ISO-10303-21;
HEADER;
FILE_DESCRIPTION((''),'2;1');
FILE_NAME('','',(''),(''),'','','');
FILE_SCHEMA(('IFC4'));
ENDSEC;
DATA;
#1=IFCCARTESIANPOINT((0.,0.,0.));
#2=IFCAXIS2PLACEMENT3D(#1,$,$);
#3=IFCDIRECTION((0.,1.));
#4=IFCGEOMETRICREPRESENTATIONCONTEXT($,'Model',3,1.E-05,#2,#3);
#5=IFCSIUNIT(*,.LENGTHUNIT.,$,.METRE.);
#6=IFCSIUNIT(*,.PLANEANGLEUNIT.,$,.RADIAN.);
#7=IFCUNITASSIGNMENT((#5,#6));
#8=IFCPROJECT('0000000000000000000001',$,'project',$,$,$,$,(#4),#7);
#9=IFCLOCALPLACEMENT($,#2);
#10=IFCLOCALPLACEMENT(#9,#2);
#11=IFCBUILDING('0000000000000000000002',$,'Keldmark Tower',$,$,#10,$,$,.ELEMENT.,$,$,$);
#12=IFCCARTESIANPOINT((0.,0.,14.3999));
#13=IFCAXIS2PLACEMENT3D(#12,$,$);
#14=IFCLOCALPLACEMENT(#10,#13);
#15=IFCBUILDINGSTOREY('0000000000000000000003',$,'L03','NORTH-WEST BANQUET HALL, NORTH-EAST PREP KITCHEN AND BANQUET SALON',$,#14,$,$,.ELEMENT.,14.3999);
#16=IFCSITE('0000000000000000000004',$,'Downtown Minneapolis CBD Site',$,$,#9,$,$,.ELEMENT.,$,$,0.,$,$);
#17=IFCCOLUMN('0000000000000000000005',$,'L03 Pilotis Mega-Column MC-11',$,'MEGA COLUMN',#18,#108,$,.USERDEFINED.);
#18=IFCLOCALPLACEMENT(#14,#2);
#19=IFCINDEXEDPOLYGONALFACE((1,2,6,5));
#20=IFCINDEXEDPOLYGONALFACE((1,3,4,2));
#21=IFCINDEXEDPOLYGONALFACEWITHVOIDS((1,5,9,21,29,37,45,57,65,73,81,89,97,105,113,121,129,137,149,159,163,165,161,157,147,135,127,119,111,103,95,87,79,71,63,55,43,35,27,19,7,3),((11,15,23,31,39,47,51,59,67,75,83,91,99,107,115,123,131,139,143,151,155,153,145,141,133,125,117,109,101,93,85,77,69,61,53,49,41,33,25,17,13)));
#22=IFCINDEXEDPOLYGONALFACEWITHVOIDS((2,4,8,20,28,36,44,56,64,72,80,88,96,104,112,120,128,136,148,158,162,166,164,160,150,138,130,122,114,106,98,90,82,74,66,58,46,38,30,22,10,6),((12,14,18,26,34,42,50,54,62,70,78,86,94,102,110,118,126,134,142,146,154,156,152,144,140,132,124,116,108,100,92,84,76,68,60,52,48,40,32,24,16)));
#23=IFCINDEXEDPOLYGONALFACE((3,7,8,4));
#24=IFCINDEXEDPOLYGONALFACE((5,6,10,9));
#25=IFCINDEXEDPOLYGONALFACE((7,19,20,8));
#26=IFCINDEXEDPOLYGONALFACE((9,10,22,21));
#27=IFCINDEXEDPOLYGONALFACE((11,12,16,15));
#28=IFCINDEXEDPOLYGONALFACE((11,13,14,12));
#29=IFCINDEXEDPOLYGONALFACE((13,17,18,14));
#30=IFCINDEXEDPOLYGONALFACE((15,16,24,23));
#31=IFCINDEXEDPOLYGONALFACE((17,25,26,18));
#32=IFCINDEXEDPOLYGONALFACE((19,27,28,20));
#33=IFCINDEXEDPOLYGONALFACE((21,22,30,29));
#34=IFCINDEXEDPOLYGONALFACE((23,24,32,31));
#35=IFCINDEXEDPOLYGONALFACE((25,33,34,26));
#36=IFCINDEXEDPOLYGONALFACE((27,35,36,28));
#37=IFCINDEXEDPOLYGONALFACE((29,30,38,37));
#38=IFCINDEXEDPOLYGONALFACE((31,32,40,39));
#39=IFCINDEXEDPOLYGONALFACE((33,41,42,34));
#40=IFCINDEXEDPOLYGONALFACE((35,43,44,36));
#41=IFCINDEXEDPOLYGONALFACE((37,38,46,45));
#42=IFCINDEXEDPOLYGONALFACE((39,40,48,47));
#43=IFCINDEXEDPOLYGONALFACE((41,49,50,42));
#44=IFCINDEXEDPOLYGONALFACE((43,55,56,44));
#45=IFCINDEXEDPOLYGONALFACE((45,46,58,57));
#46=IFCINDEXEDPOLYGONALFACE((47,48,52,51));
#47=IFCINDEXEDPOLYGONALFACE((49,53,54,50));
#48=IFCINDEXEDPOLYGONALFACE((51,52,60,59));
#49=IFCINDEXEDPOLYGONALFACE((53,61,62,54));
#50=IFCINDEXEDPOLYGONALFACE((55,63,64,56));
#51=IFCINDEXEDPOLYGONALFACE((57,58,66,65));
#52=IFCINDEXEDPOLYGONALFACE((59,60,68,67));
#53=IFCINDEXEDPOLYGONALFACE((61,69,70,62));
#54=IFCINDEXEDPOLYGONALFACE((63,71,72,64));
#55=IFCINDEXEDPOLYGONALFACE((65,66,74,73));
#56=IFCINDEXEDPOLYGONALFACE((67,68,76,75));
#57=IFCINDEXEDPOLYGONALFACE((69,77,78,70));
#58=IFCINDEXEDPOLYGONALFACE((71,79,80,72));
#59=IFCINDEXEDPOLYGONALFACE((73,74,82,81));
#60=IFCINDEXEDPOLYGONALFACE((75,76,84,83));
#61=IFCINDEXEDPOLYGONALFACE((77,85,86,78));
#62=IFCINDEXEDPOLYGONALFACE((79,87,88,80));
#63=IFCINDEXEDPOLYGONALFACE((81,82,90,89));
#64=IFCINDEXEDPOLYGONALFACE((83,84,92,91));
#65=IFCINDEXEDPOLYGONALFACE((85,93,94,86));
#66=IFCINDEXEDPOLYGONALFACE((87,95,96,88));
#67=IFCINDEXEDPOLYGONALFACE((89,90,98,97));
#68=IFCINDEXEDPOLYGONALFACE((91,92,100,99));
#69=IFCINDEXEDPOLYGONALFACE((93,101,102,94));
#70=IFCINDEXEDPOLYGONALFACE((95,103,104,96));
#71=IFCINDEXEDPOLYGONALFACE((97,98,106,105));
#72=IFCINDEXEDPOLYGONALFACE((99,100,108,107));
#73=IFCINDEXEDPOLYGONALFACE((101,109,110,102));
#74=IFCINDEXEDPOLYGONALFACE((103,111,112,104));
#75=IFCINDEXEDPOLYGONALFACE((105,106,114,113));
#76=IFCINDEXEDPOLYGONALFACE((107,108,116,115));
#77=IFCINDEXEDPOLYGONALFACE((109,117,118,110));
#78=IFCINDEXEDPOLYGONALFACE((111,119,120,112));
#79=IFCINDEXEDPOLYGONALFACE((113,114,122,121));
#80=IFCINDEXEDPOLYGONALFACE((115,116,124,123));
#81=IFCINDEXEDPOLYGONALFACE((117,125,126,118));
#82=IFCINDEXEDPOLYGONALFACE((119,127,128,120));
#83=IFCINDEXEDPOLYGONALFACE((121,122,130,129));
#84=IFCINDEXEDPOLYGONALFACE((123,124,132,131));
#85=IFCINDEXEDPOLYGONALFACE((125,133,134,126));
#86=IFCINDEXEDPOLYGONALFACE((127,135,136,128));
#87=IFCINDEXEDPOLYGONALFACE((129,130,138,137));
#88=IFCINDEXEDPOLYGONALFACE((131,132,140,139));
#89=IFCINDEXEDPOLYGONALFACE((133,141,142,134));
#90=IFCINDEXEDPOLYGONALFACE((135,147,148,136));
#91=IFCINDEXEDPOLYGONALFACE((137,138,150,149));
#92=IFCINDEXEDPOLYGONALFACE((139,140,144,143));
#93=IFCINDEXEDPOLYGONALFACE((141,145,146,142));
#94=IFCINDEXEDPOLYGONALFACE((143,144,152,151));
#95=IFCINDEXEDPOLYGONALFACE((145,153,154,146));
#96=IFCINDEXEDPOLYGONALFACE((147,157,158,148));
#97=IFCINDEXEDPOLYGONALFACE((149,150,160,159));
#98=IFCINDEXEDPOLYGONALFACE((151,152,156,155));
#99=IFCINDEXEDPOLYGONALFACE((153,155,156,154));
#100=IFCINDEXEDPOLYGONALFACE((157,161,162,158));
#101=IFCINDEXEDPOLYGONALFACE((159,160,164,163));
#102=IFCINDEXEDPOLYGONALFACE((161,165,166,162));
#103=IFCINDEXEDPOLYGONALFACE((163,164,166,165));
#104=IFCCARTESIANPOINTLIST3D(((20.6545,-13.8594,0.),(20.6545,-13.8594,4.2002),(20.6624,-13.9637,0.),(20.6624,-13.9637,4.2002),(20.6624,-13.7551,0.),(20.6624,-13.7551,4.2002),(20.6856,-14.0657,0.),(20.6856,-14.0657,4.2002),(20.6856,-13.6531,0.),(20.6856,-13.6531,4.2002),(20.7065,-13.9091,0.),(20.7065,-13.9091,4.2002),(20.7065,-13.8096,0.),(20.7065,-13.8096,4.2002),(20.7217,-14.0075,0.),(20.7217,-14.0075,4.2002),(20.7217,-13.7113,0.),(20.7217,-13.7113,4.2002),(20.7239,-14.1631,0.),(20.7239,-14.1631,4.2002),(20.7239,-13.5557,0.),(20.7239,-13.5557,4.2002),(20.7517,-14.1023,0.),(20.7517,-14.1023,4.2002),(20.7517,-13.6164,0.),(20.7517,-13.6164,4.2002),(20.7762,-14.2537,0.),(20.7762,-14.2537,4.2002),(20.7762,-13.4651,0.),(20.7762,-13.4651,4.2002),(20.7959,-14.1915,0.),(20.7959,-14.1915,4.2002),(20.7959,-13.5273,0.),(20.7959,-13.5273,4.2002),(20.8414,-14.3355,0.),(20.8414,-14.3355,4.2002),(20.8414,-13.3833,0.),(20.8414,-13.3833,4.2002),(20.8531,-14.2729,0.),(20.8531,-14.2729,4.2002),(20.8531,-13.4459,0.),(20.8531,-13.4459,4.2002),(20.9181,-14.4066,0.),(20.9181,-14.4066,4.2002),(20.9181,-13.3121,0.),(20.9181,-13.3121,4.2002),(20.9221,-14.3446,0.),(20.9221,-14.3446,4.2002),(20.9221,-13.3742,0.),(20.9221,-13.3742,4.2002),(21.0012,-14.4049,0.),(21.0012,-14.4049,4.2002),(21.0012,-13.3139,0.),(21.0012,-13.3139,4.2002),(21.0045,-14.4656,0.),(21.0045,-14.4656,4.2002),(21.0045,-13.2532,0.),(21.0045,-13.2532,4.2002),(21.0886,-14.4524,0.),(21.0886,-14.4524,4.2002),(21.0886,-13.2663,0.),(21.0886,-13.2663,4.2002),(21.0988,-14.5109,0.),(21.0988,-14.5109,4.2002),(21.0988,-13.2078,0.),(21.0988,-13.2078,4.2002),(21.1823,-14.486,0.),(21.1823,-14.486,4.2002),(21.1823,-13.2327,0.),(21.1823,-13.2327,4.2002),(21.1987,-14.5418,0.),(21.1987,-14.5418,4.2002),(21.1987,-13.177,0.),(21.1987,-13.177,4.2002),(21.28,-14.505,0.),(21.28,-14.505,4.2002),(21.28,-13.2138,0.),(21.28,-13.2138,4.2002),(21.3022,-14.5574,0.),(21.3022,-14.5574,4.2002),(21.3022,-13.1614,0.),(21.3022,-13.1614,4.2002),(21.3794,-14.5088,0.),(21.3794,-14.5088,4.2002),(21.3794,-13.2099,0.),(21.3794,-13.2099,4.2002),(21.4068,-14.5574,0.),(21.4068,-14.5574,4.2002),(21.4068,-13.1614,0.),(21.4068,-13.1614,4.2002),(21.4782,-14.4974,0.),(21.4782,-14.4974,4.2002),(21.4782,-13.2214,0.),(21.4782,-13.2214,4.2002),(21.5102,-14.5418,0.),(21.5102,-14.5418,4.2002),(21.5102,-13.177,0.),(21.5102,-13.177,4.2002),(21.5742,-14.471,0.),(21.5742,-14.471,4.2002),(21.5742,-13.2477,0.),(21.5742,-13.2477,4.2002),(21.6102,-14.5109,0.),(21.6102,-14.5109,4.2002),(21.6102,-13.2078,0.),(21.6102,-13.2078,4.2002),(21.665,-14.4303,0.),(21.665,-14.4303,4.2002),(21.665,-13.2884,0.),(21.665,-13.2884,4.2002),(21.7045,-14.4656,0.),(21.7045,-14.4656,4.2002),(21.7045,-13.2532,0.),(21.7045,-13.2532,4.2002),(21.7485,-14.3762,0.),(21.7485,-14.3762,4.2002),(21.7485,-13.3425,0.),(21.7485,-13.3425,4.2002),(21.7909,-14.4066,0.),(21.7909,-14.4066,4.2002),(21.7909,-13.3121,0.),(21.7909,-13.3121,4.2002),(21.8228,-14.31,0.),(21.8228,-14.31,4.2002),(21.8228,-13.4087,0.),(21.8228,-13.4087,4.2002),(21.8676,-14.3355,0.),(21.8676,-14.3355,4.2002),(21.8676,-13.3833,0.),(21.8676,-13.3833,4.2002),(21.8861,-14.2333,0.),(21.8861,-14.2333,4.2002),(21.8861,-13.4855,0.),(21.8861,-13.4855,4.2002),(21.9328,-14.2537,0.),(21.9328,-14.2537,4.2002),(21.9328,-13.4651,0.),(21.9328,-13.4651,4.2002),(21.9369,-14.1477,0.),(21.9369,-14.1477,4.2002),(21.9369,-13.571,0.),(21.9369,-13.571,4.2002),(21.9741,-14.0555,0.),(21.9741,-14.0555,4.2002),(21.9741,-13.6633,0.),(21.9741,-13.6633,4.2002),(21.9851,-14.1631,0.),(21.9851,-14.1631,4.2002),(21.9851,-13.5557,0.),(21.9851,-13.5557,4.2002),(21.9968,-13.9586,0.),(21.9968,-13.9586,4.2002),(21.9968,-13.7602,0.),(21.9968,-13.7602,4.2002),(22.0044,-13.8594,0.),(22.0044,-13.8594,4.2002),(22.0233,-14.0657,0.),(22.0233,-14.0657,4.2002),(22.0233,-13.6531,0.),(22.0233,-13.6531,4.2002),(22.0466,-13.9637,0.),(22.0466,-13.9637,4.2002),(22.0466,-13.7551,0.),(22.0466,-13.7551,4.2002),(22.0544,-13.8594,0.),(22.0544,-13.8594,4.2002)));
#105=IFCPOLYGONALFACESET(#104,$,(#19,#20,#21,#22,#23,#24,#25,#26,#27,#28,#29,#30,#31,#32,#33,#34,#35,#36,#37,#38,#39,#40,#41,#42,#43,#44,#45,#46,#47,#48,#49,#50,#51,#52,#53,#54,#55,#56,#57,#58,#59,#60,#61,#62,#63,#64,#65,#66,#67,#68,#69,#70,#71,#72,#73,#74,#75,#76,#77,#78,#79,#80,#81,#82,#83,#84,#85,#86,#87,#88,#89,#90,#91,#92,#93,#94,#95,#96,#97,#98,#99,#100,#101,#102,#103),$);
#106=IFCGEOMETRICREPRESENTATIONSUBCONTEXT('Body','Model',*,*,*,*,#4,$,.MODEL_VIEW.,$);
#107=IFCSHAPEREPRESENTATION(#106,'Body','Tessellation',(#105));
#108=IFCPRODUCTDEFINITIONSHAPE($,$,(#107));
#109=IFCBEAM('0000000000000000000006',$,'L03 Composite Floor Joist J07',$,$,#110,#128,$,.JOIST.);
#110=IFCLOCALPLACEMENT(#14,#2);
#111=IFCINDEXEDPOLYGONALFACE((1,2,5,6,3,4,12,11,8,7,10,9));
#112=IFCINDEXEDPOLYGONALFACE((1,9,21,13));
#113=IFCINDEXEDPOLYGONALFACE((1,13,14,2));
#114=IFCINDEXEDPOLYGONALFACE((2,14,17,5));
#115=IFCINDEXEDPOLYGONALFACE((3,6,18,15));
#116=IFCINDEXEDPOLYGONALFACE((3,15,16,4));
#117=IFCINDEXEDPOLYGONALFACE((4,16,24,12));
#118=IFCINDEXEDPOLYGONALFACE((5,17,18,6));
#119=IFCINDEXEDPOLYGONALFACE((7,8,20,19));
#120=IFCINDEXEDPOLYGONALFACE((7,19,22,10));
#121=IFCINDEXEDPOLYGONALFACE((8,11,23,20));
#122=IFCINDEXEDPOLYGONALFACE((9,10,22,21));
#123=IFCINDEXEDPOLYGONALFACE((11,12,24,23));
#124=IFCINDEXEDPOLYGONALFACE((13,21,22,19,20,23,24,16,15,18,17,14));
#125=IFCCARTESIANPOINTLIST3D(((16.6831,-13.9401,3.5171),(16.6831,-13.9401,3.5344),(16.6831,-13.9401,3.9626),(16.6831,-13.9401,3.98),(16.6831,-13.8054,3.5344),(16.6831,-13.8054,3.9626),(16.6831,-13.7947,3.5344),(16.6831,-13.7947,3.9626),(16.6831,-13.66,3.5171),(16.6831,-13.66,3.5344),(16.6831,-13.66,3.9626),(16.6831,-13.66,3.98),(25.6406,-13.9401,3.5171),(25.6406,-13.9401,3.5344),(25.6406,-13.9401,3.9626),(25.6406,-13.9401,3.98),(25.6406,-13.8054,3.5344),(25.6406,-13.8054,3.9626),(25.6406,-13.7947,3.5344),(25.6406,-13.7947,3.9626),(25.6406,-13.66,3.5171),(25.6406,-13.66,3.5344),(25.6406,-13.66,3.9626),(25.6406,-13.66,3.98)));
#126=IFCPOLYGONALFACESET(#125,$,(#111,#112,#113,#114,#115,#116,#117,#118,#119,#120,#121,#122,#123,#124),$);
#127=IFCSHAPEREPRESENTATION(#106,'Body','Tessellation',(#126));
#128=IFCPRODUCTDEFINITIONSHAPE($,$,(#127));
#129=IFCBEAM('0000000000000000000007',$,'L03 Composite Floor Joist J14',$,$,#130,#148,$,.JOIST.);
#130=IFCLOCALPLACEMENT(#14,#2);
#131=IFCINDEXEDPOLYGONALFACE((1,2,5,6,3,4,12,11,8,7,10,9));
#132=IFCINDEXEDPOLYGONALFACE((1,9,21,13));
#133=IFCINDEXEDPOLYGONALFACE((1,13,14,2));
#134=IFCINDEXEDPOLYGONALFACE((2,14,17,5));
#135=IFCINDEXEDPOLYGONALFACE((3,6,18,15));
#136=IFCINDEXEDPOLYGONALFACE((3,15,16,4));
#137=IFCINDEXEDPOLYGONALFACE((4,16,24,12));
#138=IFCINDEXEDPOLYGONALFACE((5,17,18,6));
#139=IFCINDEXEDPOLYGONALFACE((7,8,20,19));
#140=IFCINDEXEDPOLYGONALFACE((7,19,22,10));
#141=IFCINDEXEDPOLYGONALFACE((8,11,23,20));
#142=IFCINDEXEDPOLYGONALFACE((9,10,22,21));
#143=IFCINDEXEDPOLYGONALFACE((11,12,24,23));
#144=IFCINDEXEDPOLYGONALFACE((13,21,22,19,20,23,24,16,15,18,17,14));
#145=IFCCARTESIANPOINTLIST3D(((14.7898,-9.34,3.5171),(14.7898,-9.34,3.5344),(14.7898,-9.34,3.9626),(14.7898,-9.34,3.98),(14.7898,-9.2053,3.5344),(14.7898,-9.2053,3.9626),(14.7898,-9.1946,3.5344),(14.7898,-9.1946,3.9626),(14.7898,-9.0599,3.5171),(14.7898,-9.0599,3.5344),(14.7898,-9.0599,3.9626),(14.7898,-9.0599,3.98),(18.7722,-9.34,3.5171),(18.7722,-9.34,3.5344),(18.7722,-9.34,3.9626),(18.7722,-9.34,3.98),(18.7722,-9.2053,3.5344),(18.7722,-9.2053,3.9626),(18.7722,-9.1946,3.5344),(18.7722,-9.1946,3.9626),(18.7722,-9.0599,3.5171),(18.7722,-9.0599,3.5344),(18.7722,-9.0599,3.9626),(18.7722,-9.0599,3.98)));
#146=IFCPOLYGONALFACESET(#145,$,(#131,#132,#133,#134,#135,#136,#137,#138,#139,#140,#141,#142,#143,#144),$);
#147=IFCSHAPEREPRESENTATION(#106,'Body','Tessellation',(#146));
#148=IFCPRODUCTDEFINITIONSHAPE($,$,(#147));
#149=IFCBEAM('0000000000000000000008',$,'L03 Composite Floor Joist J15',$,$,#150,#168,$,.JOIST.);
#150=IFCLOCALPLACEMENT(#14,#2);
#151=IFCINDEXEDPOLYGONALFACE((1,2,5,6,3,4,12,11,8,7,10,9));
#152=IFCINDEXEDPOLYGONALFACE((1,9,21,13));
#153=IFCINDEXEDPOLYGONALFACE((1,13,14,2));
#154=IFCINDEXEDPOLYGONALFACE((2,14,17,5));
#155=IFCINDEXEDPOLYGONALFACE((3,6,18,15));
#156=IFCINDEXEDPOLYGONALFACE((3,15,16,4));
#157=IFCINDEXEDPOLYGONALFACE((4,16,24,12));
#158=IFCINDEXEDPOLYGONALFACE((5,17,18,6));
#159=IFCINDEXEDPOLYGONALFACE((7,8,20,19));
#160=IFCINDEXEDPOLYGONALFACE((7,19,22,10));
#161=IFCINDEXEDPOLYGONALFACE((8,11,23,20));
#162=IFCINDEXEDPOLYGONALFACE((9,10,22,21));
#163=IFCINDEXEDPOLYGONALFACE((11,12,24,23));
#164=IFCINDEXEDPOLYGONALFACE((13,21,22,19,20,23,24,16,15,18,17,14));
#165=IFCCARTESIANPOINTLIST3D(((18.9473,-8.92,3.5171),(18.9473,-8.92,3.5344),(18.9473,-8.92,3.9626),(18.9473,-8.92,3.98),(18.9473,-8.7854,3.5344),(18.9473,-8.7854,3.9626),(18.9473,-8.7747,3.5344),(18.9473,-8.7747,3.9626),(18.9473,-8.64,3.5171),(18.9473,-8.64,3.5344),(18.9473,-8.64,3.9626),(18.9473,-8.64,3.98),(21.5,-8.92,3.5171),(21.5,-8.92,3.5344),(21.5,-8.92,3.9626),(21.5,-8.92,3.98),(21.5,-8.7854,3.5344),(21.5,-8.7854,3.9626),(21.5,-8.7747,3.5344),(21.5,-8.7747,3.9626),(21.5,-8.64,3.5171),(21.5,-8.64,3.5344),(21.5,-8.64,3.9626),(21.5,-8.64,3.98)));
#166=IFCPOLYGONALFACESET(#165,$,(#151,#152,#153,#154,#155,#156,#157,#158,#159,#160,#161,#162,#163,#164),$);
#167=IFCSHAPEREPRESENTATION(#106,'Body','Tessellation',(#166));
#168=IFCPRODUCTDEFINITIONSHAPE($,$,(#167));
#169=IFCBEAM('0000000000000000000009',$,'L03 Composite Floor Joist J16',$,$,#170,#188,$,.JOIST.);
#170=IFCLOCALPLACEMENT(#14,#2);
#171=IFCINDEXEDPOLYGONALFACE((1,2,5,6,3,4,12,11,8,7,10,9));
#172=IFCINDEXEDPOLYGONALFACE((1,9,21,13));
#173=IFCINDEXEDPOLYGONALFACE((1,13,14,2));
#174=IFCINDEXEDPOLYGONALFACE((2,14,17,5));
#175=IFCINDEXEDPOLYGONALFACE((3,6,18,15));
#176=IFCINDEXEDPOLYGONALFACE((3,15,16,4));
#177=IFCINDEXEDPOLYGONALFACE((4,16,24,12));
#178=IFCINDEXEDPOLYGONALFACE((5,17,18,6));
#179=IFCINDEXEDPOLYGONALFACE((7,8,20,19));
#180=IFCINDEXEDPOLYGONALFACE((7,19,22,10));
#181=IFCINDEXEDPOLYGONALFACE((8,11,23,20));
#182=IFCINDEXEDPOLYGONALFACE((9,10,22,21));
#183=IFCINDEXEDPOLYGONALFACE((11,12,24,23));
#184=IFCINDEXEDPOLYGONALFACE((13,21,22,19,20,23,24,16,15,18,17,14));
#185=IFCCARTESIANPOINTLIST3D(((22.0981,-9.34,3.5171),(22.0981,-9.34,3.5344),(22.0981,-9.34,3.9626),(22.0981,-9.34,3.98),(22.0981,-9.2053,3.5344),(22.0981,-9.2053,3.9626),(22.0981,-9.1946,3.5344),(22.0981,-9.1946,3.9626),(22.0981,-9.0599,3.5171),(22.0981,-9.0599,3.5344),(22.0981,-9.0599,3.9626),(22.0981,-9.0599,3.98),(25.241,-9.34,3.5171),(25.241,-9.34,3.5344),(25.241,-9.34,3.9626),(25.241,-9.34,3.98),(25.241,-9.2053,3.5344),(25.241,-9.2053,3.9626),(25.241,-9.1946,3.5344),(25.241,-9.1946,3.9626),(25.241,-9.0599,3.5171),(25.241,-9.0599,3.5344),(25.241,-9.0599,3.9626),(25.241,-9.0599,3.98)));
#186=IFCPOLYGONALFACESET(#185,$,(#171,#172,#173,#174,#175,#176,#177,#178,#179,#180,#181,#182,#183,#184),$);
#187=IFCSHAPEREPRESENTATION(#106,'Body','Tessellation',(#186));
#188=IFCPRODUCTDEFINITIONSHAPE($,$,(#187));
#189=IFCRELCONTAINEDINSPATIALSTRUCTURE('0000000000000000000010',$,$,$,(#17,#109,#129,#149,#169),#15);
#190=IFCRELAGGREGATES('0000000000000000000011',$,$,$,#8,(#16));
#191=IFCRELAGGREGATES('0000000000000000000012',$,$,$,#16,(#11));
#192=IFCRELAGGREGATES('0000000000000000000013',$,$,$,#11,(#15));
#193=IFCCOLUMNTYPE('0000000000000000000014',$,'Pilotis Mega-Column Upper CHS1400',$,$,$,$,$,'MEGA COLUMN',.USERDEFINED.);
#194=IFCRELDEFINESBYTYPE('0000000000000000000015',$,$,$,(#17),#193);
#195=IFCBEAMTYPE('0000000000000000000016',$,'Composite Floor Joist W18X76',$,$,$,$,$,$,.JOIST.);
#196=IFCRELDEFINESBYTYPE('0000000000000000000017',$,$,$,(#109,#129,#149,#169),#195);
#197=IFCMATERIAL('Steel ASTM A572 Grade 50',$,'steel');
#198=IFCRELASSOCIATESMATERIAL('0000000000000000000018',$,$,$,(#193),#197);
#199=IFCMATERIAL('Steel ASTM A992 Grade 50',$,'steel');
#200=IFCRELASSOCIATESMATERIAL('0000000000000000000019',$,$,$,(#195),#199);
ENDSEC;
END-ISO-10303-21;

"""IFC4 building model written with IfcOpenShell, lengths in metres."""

from ifc_helpers import new_model, si_unit, direction, frame, origin, origin_2d, place, context, subcontext, project, spatial, hollow_circle, i_section, extrude, material, material_profile, profile_set, type_object, element, save


model = new_model("IFC4")

# Units and contexts
model_context = context("Model", 3, precision=1e-05, world=origin(), true_north=direction((0.0, 1.0)))
body_context = subcontext(model_context, "Body", "Model", "MODEL_VIEW")
ifc_project = project(units=[si_unit("LENGTHUNIT", "METRE"), si_unit("PLANEANGLEUNIT", "RADIAN")], contexts=[model_context])

# Site, building, storey
site_placement = place(None, origin())
site = spatial("IfcSite", under=ifc_project, at=site_placement, Name="Downtown Minneapolis CBD Site", CompositionType="ELEMENT", RefElevation=0.0)
building_placement = place(site_placement, origin())
building = spatial("IfcBuilding", under=site, at=building_placement, Name="Keldmark Tower", CompositionType="ELEMENT")
storey_placement = place(building_placement, frame((0.0, 0.0, 14.3999)))
storey = spatial("IfcBuildingStorey", under=building, at=storey_placement, Name="L03", Description="NORTH-WEST BANQUET HALL, NORTH-EAST PREP KITCHEN AND BANQUET SALON", CompositionType="ELEMENT", Elevation=14.3999)

# Column
ifc_material_1 = material(Name="Steel ASTM A572 Grade 50", Category="steel")
ifc_material_profile_1 = material_profile(ifc_material_1, hollow_circle(Radius=0.7, WallThickness=0.05, at=origin_2d()), Name="CHS1400X50")
ifc_profile_set_1 = profile_set([ifc_material_profile_1], Name="Steel ASTM A572 Grade 50")
column_type = type_object("IfcColumnType", Name="Pilotis Mega-Column Upper CHS1400", ElementType="MEGA COLUMN", PredefinedType="USERDEFINED", material=ifc_profile_set_1)
column_placement = place(storey_placement, frame((21.3545, -13.8594, 0.0), z_axis=(0.0, 0.0, 1.0), x_axis=(1.0, 0.0, 0.0)))
element("IfcColumn", 1, at=column_placement, inside=storey, type_object=column_type, Name="L03 Pilotis Mega-Column MC-11", ObjectType="MEGA COLUMN", PredefinedType="USERDEFINED", context=body_context, shape_type="SweptSolid", body=[
    extrude(hollow_circle(Radius=0.7, WallThickness=0.05, at=origin_2d()), origin(), (0.0, 0.0, 1.0), 4.2002),
])

# Beams
ifc_material_2 = material(Name="Steel ASTM A992 Grade 50", Category="steel")
ifc_material_profile_2 = material_profile(ifc_material_2, i_section(OverallWidth=0.28, OverallDepth=0.4629, WebThickness=0.0107, FlangeThickness=0.0173, at=origin_2d()), Name="W18X76")
ifc_profile_set_2 = profile_set([ifc_material_profile_2], Name="Steel ASTM A992 Grade 50")
beam_type_1 = type_object("IfcBeamType", Name="Composite Floor Joist W18X76", PredefinedType="JOIST", material=ifc_profile_set_2)
beam_1_placement = place(storey_placement, frame((16.6831, -13.8, 3.7485), z_axis=(1.0, 0.0, 0.0), x_axis=(0.0, 1.0, 0.0)))
element("IfcBeam", 2, at=beam_1_placement, inside=storey, type_object=beam_type_1, Name="L03 Composite Floor Joist J07", PredefinedType="JOIST", context=body_context, shape_type="SweptSolid", body=[
    extrude(i_section(OverallWidth=0.28, OverallDepth=0.4629, WebThickness=0.0107, FlangeThickness=0.0173, at=origin_2d()), origin(), (0.0, 0.0, 1.0), 8.9575),
])
beam_2_placement = place(storey_placement, frame((14.7898, -9.2, 3.7485), z_axis=(1.0, 0.0, 0.0), x_axis=(0.0, 1.0, 0.0)))
element("IfcBeam", 3, at=beam_2_placement, inside=storey, type_object=beam_type_1, Name="L03 Composite Floor Joist J14", PredefinedType="JOIST", context=body_context, shape_type="SweptSolid", body=[
    extrude(i_section(OverallWidth=0.28, OverallDepth=0.4629, WebThickness=0.0107, FlangeThickness=0.0173, at=origin_2d()), origin(), (0.0, 0.0, 1.0), 3.9824),
])
beam_3_placement = place(storey_placement, frame((18.9473, -8.78, 3.7485), z_axis=(1.0, 0.0, 0.0), x_axis=(0.0, 1.0, 0.0)))
element("IfcBeam", 4, at=beam_3_placement, inside=storey, type_object=beam_type_1, Name="L03 Composite Floor Joist J15", PredefinedType="JOIST", context=body_context, shape_type="SweptSolid", body=[
    extrude(i_section(OverallWidth=0.28, OverallDepth=0.4629, WebThickness=0.0107, FlangeThickness=0.0173, at=origin_2d()), origin(), (0.0, 0.0, 1.0), 2.5527),
])
beam_4_placement = place(storey_placement, frame((22.0981, -9.2, 3.7485), z_axis=(1.0, 0.0, 0.0), x_axis=(0.0, 1.0, 0.0)))
element("IfcBeam", 5, at=beam_4_placement, inside=storey, type_object=beam_type_1, Name="L03 Composite Floor Joist J16", PredefinedType="JOIST", context=body_context, shape_type="SweptSolid", body=[
    extrude(i_section(OverallWidth=0.28, OverallDepth=0.4629, WebThickness=0.0107, FlangeThickness=0.0173, at=origin_2d()), origin(), (0.0, 0.0, 1.0), 3.1428),
])

save(model, "model.ifc")
